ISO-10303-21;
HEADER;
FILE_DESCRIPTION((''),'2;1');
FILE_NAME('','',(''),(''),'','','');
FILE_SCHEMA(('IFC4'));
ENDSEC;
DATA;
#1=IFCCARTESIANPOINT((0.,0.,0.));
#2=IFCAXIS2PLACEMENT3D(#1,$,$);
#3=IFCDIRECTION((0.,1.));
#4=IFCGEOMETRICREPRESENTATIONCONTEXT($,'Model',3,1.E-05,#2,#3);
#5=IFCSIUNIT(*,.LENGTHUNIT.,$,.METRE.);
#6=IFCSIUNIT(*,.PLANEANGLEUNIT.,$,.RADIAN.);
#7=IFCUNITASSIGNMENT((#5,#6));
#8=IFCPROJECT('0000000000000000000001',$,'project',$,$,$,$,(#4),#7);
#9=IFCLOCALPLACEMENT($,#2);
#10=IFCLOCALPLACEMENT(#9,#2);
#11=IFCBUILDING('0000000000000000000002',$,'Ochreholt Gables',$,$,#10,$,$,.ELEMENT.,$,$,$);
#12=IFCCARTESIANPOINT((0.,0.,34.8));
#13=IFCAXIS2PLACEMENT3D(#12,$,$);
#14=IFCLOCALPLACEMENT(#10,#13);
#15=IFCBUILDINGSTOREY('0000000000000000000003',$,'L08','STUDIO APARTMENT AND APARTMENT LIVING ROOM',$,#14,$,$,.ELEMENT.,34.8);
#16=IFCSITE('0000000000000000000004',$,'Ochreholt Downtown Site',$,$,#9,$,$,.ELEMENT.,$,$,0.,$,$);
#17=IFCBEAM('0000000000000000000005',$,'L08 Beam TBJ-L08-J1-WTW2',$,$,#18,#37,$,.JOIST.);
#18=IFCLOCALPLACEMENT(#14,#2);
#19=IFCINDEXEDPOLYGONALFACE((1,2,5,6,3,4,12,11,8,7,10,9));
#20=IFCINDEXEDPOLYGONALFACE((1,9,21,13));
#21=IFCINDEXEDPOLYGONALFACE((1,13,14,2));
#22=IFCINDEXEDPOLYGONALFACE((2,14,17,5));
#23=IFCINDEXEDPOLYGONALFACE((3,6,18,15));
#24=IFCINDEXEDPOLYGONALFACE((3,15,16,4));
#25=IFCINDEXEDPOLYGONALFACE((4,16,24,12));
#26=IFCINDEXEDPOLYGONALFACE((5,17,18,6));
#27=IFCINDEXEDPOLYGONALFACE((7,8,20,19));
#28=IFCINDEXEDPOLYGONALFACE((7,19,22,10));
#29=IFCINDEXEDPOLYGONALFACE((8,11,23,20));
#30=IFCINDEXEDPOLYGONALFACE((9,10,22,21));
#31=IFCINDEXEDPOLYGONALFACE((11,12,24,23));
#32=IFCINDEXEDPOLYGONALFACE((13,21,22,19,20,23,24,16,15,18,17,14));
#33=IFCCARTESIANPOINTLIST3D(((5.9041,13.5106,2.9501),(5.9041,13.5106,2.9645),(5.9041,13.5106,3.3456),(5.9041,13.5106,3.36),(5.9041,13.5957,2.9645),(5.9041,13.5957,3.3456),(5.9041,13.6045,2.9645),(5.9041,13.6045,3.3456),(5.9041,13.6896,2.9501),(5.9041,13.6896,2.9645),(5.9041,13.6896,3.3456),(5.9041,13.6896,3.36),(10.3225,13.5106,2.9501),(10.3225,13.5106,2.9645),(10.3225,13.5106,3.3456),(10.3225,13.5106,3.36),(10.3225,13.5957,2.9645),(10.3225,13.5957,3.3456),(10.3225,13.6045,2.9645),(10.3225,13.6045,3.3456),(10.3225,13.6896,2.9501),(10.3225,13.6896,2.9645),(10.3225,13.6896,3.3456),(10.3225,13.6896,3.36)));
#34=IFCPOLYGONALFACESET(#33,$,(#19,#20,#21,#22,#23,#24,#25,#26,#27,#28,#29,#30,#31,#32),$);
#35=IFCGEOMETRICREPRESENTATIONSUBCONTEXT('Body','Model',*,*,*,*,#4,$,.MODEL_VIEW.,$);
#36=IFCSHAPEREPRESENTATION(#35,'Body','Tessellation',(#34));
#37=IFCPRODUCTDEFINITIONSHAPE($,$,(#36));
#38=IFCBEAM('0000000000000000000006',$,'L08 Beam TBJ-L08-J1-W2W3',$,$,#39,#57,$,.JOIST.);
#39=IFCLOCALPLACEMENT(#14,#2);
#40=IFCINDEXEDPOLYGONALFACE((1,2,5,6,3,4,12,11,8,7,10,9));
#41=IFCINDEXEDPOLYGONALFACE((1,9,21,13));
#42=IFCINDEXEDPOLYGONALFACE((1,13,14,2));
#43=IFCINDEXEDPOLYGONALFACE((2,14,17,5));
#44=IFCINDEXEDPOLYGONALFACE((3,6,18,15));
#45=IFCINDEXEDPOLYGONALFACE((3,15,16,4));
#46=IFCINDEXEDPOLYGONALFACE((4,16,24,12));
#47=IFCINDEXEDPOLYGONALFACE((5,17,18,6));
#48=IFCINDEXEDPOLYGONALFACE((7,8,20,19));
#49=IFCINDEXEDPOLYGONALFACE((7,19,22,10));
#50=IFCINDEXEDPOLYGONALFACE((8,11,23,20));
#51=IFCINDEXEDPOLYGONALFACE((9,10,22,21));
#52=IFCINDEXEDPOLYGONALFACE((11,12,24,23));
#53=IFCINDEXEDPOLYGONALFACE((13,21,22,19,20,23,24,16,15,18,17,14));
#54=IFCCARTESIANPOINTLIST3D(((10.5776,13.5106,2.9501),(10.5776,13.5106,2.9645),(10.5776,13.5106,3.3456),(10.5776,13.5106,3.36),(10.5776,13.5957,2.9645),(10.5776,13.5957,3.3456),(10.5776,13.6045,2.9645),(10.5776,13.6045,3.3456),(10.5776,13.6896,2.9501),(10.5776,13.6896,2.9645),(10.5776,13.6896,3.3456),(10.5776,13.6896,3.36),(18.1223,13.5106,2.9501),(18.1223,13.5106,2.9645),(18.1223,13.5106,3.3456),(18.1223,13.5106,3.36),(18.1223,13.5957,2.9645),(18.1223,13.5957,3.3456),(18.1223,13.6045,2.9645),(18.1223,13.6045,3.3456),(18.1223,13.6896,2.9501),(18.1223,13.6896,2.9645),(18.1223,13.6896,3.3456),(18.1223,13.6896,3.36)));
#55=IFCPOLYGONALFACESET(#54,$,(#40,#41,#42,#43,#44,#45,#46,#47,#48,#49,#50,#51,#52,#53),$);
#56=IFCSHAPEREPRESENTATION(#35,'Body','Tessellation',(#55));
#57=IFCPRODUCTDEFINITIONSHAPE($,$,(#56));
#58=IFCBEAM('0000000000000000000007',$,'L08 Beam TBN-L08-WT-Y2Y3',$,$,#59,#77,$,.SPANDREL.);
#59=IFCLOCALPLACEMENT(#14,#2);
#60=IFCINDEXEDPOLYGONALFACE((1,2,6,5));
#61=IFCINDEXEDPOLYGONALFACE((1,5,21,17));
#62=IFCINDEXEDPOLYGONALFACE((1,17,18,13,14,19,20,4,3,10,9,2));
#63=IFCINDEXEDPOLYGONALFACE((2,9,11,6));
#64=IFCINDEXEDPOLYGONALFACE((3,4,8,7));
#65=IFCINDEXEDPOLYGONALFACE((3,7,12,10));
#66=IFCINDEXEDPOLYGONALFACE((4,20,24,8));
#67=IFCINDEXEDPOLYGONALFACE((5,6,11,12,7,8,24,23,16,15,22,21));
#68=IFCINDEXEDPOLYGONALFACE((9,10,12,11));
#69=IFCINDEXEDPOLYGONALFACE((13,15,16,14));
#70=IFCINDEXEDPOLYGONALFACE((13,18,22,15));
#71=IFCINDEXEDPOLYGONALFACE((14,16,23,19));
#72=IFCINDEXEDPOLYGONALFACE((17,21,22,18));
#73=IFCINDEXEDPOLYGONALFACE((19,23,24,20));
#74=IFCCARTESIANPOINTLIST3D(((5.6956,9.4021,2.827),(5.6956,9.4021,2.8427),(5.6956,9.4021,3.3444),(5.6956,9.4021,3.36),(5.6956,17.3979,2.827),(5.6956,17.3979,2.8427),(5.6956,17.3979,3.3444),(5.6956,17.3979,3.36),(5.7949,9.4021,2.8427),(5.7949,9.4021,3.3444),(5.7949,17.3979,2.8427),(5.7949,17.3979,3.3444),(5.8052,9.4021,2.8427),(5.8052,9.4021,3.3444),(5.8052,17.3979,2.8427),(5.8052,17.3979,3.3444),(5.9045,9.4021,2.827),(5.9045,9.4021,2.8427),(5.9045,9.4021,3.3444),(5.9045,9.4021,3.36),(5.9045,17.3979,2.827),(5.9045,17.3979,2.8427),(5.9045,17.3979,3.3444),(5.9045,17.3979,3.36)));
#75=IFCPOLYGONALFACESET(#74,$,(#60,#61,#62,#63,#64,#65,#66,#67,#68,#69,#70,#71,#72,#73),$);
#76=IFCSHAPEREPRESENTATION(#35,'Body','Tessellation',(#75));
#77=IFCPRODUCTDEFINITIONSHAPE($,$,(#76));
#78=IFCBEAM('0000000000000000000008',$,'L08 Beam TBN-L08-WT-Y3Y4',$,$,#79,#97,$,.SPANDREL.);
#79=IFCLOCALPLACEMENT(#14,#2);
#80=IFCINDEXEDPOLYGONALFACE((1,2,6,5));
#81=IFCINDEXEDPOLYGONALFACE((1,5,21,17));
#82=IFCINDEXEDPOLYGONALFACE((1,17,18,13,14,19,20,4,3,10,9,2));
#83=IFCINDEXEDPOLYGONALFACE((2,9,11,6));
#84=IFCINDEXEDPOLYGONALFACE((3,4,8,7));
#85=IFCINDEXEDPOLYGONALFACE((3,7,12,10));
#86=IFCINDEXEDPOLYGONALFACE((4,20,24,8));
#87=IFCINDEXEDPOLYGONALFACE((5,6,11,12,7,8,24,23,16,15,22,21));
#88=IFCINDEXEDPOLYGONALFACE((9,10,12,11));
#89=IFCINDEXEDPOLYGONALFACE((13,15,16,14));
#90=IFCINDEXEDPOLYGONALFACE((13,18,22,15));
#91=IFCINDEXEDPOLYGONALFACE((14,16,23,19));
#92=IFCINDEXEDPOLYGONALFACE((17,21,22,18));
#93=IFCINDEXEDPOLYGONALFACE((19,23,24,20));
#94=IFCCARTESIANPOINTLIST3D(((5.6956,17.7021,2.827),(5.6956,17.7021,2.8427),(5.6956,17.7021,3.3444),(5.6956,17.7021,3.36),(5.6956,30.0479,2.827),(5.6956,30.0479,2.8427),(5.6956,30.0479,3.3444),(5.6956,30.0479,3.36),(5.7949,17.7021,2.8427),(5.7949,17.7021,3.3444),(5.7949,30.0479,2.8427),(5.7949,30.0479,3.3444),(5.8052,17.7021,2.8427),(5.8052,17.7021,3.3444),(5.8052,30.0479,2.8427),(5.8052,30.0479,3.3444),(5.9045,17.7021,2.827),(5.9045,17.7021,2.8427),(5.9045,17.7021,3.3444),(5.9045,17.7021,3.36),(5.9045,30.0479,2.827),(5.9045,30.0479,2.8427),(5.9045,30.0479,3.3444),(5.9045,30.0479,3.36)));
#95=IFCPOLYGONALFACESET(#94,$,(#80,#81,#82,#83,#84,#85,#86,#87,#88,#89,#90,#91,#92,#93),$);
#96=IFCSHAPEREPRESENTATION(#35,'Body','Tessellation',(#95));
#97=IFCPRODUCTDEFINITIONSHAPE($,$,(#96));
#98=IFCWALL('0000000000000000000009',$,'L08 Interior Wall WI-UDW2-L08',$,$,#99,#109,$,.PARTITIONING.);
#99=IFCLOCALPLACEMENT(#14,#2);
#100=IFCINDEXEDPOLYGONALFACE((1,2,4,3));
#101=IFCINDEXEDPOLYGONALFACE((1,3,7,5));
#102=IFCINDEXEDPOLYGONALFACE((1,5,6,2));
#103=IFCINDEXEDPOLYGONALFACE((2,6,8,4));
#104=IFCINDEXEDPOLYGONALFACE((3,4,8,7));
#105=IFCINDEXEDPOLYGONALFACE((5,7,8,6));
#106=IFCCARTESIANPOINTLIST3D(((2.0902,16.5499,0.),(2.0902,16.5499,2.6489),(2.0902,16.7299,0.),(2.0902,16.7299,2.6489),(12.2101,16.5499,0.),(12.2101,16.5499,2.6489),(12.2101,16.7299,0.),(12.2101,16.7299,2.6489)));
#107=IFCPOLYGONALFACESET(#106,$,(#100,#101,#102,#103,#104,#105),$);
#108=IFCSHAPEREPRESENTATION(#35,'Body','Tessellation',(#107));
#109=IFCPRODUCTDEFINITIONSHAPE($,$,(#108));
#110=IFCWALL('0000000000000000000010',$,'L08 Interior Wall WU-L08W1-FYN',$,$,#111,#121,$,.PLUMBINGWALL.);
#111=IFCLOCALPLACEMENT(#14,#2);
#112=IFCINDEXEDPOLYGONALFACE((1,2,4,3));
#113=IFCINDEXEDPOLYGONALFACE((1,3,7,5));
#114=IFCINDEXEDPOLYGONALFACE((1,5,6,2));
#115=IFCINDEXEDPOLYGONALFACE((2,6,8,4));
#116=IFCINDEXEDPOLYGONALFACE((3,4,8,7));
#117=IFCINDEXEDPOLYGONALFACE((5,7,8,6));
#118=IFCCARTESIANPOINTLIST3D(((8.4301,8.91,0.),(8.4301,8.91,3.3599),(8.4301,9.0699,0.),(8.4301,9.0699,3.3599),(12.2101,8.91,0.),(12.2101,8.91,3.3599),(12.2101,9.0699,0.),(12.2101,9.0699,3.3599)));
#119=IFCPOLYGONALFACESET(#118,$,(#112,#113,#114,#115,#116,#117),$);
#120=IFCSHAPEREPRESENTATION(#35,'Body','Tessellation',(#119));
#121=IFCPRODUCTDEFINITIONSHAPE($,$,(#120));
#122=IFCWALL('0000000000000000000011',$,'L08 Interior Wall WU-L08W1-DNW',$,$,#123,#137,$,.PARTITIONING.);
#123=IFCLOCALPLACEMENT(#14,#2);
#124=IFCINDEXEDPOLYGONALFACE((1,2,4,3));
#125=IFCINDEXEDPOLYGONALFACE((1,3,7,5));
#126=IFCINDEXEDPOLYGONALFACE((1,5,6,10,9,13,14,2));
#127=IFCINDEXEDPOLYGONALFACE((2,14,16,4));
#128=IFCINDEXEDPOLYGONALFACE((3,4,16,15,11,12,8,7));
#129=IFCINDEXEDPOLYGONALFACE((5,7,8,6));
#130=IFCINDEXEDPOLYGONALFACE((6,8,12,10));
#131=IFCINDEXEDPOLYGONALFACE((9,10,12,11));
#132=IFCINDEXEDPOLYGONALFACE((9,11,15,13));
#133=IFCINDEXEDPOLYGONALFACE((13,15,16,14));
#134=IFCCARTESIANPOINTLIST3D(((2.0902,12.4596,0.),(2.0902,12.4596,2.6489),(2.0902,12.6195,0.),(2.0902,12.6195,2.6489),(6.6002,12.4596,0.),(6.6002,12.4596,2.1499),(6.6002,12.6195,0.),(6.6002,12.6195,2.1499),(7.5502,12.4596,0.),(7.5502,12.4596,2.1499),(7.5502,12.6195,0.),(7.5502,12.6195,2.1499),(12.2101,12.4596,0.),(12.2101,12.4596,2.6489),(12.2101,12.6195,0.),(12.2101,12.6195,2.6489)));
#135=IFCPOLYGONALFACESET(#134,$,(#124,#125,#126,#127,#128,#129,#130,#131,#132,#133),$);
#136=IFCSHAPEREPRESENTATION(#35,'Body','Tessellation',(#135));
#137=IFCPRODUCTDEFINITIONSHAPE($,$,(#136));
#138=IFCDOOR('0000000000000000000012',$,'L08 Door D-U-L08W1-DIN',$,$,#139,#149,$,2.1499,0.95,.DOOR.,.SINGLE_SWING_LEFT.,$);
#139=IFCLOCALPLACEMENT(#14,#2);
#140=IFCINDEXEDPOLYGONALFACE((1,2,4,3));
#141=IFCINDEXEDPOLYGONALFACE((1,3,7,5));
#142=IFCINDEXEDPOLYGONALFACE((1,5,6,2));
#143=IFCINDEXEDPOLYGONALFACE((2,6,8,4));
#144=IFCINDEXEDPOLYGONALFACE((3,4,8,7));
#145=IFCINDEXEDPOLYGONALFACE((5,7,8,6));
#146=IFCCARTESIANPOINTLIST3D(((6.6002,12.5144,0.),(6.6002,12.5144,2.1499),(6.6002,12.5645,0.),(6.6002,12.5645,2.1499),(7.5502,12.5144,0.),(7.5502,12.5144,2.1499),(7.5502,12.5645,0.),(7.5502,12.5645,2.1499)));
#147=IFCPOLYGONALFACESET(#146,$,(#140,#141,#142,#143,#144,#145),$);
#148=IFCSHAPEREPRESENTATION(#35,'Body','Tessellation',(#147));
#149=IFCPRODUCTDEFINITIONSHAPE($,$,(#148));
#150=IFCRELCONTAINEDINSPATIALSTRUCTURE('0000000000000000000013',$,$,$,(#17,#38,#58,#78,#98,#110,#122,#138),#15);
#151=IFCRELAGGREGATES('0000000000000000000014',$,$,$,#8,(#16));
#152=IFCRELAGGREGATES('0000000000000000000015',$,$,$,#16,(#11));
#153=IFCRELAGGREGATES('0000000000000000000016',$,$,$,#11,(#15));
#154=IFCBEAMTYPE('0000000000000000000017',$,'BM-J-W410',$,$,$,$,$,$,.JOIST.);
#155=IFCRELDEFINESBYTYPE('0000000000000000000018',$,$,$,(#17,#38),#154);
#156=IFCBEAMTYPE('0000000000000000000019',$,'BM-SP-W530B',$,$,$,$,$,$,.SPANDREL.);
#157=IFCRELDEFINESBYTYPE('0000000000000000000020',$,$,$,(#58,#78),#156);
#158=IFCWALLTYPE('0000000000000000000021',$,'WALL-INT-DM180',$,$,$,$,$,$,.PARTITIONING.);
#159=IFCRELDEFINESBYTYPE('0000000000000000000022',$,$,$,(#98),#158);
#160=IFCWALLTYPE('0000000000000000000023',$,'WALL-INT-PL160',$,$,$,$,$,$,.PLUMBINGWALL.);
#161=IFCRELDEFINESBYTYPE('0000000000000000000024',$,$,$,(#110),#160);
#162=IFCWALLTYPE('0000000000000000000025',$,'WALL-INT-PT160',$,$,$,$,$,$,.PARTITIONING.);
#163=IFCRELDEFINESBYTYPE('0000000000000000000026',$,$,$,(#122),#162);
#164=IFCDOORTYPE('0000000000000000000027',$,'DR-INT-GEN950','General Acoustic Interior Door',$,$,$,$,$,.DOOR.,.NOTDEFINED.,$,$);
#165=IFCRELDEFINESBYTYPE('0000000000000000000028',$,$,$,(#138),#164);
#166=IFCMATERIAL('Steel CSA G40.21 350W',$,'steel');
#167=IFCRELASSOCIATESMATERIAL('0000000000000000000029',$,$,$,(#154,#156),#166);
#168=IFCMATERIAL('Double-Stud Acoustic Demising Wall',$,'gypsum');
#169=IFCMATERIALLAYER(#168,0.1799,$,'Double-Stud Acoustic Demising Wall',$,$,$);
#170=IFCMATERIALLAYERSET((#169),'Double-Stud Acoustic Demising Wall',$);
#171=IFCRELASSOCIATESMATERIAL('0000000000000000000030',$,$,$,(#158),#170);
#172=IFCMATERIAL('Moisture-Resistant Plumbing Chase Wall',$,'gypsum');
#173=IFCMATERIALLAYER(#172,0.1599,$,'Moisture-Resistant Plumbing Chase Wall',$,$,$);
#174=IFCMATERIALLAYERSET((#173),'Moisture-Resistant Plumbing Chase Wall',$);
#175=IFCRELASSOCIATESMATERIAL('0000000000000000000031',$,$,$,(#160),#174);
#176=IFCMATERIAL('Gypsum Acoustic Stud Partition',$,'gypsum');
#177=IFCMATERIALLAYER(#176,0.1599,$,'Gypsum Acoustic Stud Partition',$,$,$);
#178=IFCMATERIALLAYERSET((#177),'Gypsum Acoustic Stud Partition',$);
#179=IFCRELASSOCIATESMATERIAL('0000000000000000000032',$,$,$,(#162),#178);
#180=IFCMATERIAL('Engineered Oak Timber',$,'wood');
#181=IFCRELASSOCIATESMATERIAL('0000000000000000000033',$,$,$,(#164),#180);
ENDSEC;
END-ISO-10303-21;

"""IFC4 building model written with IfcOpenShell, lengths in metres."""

from ifc_helpers import new_model, si_unit, direction, frame, frame_2d, origin, origin_2d, place, context, subcontext, project, spatial, rectangle, i_section, extrude, material, layer, layer_set, material_profile, profile_set, type_object, element, fill, save


model = new_model("IFC4")

# Units and contexts
model_context = context("Model", 3, precision=1e-05, world=origin(), true_north=direction((0.0, 1.0)))
body_context = subcontext(model_context, "Body", "Model", "MODEL_VIEW")
ifc_project = project(units=[si_unit("LENGTHUNIT", "METRE"), si_unit("PLANEANGLEUNIT", "RADIAN")], contexts=[model_context])

# Site, building, storey
site_placement = place(None, origin())
site = spatial("IfcSite", under=ifc_project, at=site_placement, Name="Ochreholt Downtown Site", CompositionType="ELEMENT", RefElevation=0.0)
building_placement = place(site_placement, origin())
building = spatial("IfcBuilding", under=site, at=building_placement, Name="Ochreholt Gables", CompositionType="ELEMENT")
storey_placement = place(building_placement, frame((0.0, 0.0, 34.8)))
storey = spatial("IfcBuildingStorey", under=building, at=storey_placement, Name="L08", Description="STUDIO APARTMENT AND APARTMENT LIVING ROOM", CompositionType="ELEMENT", Elevation=34.8)

# Shared definitions
ifc_material_1 = material(Name="Steel CSA G40.21 350W", Category="steel")

# Beams
ifc_material_profile_1 = material_profile(ifc_material_1, i_section(OverallWidth=0.179, OverallDepth=0.4099, WebThickness=0.0088, FlangeThickness=0.0144, at=origin_2d()), Name="W410X67")
ifc_profile_set_1 = profile_set([ifc_material_profile_1], Name="Steel CSA G40.21 350W")
beam_type_1 = type_object("IfcBeamType", Name="BM-J-W410", PredefinedType="JOIST", material=ifc_profile_set_1)
beam_1_placement = place(storey_placement, frame((5.9041, 13.6001, 3.155), z_axis=(1.0, 0.0, 0.0), x_axis=(0.0, 1.0, 0.0)))
element("IfcBeam", 1, at=beam_1_placement, inside=storey, type_object=beam_type_1, Name="L08 Beam TBJ-L08-J1-WTW2", PredefinedType="JOIST", context=body_context, shape_type="SweptSolid", body=[
    extrude(i_section(OverallWidth=0.179, OverallDepth=0.4099, WebThickness=0.0088, FlangeThickness=0.0144, at=origin_2d()), origin(), (0.0, 0.0, 1.0), 4.4185),
])
beam_2_placement = place(storey_placement, frame((10.5776, 13.6001, 3.155), z_axis=(1.0, 0.0, 0.0), x_axis=(0.0, 1.0, 0.0)))
element("IfcBeam", 2, at=beam_2_placement, inside=storey, type_object=beam_type_1, Name="L08 Beam TBJ-L08-J1-W2W3", PredefinedType="JOIST", context=body_context, shape_type="SweptSolid", body=[
    extrude(i_section(OverallWidth=0.179, OverallDepth=0.4099, WebThickness=0.0088, FlangeThickness=0.0144, at=origin_2d()), origin(), (0.0, 0.0, 1.0), 7.5447),
])
ifc_material_profile_2 = material_profile(ifc_material_1, i_section(OverallWidth=0.209, OverallDepth=0.533, WebThickness=0.0103, FlangeThickness=0.0156, at=origin_2d()), Name="W530X92")
ifc_profile_set_2 = profile_set([ifc_material_profile_2], Name="Steel CSA G40.21 350W")
beam_type_2 = type_object("IfcBeamType", Name="BM-SP-W530B", PredefinedType="SPANDREL", material=ifc_profile_set_2)
beam_3_placement = place(storey_placement, frame((5.8, 9.4021, 3.0935), z_axis=(0.0, 1.0, 0.0), x_axis=(-1.0, 0.0, 0.0)))
element("IfcBeam", 3, at=beam_3_placement, inside=storey, type_object=beam_type_2, Name="L08 Beam TBN-L08-WT-Y2Y3", PredefinedType="SPANDREL", context=body_context, shape_type="SweptSolid", body=[
    extrude(i_section(OverallWidth=0.209, OverallDepth=0.533, WebThickness=0.0103, FlangeThickness=0.0156, at=origin_2d()), origin(), (0.0, 0.0, 1.0), 7.9958),
])
beam_4_placement = place(storey_placement, frame((5.8, 17.7021, 3.0935), z_axis=(0.0, 1.0, 0.0), x_axis=(-1.0, 0.0, 0.0)))
element("IfcBeam", 4, at=beam_4_placement, inside=storey, type_object=beam_type_2, Name="L08 Beam TBN-L08-WT-Y3Y4", PredefinedType="SPANDREL", context=body_context, shape_type="SweptSolid", body=[
    extrude(i_section(OverallWidth=0.209, OverallDepth=0.533, WebThickness=0.0103, FlangeThickness=0.0156, at=origin_2d()), origin(), (0.0, 0.0, 1.0), 12.3457),
])

# Walls
ifc_material_2 = material(Name="Double-Stud Acoustic Demising Wall", Category="gypsum")
ifc_layer_1 = layer(ifc_material_2, 0.1799, Name="Double-Stud Acoustic Demising Wall")
ifc_layer_set_1 = layer_set([ifc_layer_1], Name="Double-Stud Acoustic Demising Wall")
wall_type_1 = type_object("IfcWallType", Name="WALL-INT-DM180", PredefinedType="PARTITIONING", material=ifc_layer_set_1)
wall_1_placement = place(storey_placement, frame((2.0901, 16.6399, 0.0), z_axis=(0.0, 0.0, 1.0), x_axis=(1.0, 0.0, 0.0)))
element("IfcWall", 5, at=wall_1_placement, inside=storey, type_object=wall_type_1, Name="L08 Interior Wall WI-UDW2-L08", PredefinedType="PARTITIONING", context=body_context, shape_type="SweptSolid", body=[
    extrude(rectangle(XDim=10.1199, YDim=0.1799, at=frame_2d((5.0601, 0.0))), origin(), (0.0, 0.0, 1.0), 2.6489),
])
ifc_material_3 = material(Name="Moisture-Resistant Plumbing Chase Wall", Category="gypsum")
ifc_layer_2 = layer(ifc_material_3, 0.1599, Name="Moisture-Resistant Plumbing Chase Wall")
ifc_layer_set_2 = layer_set([ifc_layer_2], Name="Moisture-Resistant Plumbing Chase Wall")
wall_type_2 = type_object("IfcWallType", Name="WALL-INT-PL160", PredefinedType="PLUMBINGWALL", material=ifc_layer_set_2)
wall_2_placement = place(storey_placement, frame((8.4299, 8.99, 0.0), z_axis=(0.0, 0.0, 1.0), x_axis=(1.0, 0.0, 0.0)))
element("IfcWall", 6, at=wall_2_placement, inside=storey, type_object=wall_type_2, Name="L08 Interior Wall WU-L08W1-FYN", PredefinedType="PLUMBINGWALL", context=body_context, shape_type="SweptSolid", body=[
    extrude(rectangle(XDim=3.78, YDim=0.1599, at=frame_2d((1.8901, 0.0))), origin(), (0.0, 0.0, 1.0), 3.3599),
])

# Wall, opening, door
ifc_material_4 = material(Name="Gypsum Acoustic Stud Partition", Category="gypsum")
ifc_layer_3 = layer(ifc_material_4, 0.1599, Name="Gypsum Acoustic Stud Partition")
ifc_layer_set_3 = layer_set([ifc_layer_3], Name="Gypsum Acoustic Stud Partition")
wall_type_3 = type_object("IfcWallType", Name="WALL-INT-PT160", PredefinedType="PARTITIONING", material=ifc_layer_set_3)
wall_3_placement = place(storey_placement, frame((2.0901, 12.5396, 0.0), z_axis=(0.0, 0.0, 1.0), x_axis=(1.0, 0.0, 0.0)))
wall_3 = element("IfcWall", 7, at=wall_3_placement, inside=storey, type_object=wall_type_3, Name="L08 Interior Wall WU-L08W1-DNW", PredefinedType="PARTITIONING", context=body_context, shape_type="SweptSolid", body=[
    extrude(rectangle(XDim=10.1199, YDim=0.1599, at=frame_2d((5.0601, 0.0))), origin(), (0.0, 0.0, 1.0), 2.6489),
])
opening_placement = place(wall_3_placement, frame((4.51, 0.0, 0.0)))
opening = element("IfcOpeningElement", 8, at=opening_placement, cuts=wall_3, PredefinedType="OPENING", context=body_context, shape_type="SweptSolid", body=[
    extrude(rectangle(XDim=0.95, YDim=2.1499, at=frame_2d((0.4751, 1.075))), frame((0.0, 0.0898, 0.0), z_axis=(0.0, -1.0, 0.0), x_axis=(1.0, 0.0, 0.0)), (0.0, 0.0, 1.0), 0.1799),
])
ifc_material_5 = material(Name="Engineered Oak Timber", Category="wood")
door_type = type_object("IfcDoorType", Name="DR-INT-GEN950", Description="General Acoustic Interior Door", OperationType="NOTDEFINED", PredefinedType="DOOR", material=ifc_material_5)
door_placement = place(opening_placement, origin())
door = element("IfcDoor", 9, at=door_placement, inside=storey, type_object=door_type, Name="L08 Door D-U-L08W1-DIN", OperationType="SINGLE_SWING_LEFT", OverallHeight=2.1499, OverallWidth=0.95, PredefinedType="DOOR", context=body_context, shape_type="SweptSolid", body=[
    extrude(rectangle(XDim=0.95, YDim=2.1499, at=frame_2d((0.4751, 1.075))), frame((0.0, 0.0249, 0.0), z_axis=(0.0, -1.0, 0.0), x_axis=(1.0, 0.0, 0.0)), (0.0, 0.0, 1.0), 0.05),
])
fill(opening, door)

save(model, "model.ifc")
